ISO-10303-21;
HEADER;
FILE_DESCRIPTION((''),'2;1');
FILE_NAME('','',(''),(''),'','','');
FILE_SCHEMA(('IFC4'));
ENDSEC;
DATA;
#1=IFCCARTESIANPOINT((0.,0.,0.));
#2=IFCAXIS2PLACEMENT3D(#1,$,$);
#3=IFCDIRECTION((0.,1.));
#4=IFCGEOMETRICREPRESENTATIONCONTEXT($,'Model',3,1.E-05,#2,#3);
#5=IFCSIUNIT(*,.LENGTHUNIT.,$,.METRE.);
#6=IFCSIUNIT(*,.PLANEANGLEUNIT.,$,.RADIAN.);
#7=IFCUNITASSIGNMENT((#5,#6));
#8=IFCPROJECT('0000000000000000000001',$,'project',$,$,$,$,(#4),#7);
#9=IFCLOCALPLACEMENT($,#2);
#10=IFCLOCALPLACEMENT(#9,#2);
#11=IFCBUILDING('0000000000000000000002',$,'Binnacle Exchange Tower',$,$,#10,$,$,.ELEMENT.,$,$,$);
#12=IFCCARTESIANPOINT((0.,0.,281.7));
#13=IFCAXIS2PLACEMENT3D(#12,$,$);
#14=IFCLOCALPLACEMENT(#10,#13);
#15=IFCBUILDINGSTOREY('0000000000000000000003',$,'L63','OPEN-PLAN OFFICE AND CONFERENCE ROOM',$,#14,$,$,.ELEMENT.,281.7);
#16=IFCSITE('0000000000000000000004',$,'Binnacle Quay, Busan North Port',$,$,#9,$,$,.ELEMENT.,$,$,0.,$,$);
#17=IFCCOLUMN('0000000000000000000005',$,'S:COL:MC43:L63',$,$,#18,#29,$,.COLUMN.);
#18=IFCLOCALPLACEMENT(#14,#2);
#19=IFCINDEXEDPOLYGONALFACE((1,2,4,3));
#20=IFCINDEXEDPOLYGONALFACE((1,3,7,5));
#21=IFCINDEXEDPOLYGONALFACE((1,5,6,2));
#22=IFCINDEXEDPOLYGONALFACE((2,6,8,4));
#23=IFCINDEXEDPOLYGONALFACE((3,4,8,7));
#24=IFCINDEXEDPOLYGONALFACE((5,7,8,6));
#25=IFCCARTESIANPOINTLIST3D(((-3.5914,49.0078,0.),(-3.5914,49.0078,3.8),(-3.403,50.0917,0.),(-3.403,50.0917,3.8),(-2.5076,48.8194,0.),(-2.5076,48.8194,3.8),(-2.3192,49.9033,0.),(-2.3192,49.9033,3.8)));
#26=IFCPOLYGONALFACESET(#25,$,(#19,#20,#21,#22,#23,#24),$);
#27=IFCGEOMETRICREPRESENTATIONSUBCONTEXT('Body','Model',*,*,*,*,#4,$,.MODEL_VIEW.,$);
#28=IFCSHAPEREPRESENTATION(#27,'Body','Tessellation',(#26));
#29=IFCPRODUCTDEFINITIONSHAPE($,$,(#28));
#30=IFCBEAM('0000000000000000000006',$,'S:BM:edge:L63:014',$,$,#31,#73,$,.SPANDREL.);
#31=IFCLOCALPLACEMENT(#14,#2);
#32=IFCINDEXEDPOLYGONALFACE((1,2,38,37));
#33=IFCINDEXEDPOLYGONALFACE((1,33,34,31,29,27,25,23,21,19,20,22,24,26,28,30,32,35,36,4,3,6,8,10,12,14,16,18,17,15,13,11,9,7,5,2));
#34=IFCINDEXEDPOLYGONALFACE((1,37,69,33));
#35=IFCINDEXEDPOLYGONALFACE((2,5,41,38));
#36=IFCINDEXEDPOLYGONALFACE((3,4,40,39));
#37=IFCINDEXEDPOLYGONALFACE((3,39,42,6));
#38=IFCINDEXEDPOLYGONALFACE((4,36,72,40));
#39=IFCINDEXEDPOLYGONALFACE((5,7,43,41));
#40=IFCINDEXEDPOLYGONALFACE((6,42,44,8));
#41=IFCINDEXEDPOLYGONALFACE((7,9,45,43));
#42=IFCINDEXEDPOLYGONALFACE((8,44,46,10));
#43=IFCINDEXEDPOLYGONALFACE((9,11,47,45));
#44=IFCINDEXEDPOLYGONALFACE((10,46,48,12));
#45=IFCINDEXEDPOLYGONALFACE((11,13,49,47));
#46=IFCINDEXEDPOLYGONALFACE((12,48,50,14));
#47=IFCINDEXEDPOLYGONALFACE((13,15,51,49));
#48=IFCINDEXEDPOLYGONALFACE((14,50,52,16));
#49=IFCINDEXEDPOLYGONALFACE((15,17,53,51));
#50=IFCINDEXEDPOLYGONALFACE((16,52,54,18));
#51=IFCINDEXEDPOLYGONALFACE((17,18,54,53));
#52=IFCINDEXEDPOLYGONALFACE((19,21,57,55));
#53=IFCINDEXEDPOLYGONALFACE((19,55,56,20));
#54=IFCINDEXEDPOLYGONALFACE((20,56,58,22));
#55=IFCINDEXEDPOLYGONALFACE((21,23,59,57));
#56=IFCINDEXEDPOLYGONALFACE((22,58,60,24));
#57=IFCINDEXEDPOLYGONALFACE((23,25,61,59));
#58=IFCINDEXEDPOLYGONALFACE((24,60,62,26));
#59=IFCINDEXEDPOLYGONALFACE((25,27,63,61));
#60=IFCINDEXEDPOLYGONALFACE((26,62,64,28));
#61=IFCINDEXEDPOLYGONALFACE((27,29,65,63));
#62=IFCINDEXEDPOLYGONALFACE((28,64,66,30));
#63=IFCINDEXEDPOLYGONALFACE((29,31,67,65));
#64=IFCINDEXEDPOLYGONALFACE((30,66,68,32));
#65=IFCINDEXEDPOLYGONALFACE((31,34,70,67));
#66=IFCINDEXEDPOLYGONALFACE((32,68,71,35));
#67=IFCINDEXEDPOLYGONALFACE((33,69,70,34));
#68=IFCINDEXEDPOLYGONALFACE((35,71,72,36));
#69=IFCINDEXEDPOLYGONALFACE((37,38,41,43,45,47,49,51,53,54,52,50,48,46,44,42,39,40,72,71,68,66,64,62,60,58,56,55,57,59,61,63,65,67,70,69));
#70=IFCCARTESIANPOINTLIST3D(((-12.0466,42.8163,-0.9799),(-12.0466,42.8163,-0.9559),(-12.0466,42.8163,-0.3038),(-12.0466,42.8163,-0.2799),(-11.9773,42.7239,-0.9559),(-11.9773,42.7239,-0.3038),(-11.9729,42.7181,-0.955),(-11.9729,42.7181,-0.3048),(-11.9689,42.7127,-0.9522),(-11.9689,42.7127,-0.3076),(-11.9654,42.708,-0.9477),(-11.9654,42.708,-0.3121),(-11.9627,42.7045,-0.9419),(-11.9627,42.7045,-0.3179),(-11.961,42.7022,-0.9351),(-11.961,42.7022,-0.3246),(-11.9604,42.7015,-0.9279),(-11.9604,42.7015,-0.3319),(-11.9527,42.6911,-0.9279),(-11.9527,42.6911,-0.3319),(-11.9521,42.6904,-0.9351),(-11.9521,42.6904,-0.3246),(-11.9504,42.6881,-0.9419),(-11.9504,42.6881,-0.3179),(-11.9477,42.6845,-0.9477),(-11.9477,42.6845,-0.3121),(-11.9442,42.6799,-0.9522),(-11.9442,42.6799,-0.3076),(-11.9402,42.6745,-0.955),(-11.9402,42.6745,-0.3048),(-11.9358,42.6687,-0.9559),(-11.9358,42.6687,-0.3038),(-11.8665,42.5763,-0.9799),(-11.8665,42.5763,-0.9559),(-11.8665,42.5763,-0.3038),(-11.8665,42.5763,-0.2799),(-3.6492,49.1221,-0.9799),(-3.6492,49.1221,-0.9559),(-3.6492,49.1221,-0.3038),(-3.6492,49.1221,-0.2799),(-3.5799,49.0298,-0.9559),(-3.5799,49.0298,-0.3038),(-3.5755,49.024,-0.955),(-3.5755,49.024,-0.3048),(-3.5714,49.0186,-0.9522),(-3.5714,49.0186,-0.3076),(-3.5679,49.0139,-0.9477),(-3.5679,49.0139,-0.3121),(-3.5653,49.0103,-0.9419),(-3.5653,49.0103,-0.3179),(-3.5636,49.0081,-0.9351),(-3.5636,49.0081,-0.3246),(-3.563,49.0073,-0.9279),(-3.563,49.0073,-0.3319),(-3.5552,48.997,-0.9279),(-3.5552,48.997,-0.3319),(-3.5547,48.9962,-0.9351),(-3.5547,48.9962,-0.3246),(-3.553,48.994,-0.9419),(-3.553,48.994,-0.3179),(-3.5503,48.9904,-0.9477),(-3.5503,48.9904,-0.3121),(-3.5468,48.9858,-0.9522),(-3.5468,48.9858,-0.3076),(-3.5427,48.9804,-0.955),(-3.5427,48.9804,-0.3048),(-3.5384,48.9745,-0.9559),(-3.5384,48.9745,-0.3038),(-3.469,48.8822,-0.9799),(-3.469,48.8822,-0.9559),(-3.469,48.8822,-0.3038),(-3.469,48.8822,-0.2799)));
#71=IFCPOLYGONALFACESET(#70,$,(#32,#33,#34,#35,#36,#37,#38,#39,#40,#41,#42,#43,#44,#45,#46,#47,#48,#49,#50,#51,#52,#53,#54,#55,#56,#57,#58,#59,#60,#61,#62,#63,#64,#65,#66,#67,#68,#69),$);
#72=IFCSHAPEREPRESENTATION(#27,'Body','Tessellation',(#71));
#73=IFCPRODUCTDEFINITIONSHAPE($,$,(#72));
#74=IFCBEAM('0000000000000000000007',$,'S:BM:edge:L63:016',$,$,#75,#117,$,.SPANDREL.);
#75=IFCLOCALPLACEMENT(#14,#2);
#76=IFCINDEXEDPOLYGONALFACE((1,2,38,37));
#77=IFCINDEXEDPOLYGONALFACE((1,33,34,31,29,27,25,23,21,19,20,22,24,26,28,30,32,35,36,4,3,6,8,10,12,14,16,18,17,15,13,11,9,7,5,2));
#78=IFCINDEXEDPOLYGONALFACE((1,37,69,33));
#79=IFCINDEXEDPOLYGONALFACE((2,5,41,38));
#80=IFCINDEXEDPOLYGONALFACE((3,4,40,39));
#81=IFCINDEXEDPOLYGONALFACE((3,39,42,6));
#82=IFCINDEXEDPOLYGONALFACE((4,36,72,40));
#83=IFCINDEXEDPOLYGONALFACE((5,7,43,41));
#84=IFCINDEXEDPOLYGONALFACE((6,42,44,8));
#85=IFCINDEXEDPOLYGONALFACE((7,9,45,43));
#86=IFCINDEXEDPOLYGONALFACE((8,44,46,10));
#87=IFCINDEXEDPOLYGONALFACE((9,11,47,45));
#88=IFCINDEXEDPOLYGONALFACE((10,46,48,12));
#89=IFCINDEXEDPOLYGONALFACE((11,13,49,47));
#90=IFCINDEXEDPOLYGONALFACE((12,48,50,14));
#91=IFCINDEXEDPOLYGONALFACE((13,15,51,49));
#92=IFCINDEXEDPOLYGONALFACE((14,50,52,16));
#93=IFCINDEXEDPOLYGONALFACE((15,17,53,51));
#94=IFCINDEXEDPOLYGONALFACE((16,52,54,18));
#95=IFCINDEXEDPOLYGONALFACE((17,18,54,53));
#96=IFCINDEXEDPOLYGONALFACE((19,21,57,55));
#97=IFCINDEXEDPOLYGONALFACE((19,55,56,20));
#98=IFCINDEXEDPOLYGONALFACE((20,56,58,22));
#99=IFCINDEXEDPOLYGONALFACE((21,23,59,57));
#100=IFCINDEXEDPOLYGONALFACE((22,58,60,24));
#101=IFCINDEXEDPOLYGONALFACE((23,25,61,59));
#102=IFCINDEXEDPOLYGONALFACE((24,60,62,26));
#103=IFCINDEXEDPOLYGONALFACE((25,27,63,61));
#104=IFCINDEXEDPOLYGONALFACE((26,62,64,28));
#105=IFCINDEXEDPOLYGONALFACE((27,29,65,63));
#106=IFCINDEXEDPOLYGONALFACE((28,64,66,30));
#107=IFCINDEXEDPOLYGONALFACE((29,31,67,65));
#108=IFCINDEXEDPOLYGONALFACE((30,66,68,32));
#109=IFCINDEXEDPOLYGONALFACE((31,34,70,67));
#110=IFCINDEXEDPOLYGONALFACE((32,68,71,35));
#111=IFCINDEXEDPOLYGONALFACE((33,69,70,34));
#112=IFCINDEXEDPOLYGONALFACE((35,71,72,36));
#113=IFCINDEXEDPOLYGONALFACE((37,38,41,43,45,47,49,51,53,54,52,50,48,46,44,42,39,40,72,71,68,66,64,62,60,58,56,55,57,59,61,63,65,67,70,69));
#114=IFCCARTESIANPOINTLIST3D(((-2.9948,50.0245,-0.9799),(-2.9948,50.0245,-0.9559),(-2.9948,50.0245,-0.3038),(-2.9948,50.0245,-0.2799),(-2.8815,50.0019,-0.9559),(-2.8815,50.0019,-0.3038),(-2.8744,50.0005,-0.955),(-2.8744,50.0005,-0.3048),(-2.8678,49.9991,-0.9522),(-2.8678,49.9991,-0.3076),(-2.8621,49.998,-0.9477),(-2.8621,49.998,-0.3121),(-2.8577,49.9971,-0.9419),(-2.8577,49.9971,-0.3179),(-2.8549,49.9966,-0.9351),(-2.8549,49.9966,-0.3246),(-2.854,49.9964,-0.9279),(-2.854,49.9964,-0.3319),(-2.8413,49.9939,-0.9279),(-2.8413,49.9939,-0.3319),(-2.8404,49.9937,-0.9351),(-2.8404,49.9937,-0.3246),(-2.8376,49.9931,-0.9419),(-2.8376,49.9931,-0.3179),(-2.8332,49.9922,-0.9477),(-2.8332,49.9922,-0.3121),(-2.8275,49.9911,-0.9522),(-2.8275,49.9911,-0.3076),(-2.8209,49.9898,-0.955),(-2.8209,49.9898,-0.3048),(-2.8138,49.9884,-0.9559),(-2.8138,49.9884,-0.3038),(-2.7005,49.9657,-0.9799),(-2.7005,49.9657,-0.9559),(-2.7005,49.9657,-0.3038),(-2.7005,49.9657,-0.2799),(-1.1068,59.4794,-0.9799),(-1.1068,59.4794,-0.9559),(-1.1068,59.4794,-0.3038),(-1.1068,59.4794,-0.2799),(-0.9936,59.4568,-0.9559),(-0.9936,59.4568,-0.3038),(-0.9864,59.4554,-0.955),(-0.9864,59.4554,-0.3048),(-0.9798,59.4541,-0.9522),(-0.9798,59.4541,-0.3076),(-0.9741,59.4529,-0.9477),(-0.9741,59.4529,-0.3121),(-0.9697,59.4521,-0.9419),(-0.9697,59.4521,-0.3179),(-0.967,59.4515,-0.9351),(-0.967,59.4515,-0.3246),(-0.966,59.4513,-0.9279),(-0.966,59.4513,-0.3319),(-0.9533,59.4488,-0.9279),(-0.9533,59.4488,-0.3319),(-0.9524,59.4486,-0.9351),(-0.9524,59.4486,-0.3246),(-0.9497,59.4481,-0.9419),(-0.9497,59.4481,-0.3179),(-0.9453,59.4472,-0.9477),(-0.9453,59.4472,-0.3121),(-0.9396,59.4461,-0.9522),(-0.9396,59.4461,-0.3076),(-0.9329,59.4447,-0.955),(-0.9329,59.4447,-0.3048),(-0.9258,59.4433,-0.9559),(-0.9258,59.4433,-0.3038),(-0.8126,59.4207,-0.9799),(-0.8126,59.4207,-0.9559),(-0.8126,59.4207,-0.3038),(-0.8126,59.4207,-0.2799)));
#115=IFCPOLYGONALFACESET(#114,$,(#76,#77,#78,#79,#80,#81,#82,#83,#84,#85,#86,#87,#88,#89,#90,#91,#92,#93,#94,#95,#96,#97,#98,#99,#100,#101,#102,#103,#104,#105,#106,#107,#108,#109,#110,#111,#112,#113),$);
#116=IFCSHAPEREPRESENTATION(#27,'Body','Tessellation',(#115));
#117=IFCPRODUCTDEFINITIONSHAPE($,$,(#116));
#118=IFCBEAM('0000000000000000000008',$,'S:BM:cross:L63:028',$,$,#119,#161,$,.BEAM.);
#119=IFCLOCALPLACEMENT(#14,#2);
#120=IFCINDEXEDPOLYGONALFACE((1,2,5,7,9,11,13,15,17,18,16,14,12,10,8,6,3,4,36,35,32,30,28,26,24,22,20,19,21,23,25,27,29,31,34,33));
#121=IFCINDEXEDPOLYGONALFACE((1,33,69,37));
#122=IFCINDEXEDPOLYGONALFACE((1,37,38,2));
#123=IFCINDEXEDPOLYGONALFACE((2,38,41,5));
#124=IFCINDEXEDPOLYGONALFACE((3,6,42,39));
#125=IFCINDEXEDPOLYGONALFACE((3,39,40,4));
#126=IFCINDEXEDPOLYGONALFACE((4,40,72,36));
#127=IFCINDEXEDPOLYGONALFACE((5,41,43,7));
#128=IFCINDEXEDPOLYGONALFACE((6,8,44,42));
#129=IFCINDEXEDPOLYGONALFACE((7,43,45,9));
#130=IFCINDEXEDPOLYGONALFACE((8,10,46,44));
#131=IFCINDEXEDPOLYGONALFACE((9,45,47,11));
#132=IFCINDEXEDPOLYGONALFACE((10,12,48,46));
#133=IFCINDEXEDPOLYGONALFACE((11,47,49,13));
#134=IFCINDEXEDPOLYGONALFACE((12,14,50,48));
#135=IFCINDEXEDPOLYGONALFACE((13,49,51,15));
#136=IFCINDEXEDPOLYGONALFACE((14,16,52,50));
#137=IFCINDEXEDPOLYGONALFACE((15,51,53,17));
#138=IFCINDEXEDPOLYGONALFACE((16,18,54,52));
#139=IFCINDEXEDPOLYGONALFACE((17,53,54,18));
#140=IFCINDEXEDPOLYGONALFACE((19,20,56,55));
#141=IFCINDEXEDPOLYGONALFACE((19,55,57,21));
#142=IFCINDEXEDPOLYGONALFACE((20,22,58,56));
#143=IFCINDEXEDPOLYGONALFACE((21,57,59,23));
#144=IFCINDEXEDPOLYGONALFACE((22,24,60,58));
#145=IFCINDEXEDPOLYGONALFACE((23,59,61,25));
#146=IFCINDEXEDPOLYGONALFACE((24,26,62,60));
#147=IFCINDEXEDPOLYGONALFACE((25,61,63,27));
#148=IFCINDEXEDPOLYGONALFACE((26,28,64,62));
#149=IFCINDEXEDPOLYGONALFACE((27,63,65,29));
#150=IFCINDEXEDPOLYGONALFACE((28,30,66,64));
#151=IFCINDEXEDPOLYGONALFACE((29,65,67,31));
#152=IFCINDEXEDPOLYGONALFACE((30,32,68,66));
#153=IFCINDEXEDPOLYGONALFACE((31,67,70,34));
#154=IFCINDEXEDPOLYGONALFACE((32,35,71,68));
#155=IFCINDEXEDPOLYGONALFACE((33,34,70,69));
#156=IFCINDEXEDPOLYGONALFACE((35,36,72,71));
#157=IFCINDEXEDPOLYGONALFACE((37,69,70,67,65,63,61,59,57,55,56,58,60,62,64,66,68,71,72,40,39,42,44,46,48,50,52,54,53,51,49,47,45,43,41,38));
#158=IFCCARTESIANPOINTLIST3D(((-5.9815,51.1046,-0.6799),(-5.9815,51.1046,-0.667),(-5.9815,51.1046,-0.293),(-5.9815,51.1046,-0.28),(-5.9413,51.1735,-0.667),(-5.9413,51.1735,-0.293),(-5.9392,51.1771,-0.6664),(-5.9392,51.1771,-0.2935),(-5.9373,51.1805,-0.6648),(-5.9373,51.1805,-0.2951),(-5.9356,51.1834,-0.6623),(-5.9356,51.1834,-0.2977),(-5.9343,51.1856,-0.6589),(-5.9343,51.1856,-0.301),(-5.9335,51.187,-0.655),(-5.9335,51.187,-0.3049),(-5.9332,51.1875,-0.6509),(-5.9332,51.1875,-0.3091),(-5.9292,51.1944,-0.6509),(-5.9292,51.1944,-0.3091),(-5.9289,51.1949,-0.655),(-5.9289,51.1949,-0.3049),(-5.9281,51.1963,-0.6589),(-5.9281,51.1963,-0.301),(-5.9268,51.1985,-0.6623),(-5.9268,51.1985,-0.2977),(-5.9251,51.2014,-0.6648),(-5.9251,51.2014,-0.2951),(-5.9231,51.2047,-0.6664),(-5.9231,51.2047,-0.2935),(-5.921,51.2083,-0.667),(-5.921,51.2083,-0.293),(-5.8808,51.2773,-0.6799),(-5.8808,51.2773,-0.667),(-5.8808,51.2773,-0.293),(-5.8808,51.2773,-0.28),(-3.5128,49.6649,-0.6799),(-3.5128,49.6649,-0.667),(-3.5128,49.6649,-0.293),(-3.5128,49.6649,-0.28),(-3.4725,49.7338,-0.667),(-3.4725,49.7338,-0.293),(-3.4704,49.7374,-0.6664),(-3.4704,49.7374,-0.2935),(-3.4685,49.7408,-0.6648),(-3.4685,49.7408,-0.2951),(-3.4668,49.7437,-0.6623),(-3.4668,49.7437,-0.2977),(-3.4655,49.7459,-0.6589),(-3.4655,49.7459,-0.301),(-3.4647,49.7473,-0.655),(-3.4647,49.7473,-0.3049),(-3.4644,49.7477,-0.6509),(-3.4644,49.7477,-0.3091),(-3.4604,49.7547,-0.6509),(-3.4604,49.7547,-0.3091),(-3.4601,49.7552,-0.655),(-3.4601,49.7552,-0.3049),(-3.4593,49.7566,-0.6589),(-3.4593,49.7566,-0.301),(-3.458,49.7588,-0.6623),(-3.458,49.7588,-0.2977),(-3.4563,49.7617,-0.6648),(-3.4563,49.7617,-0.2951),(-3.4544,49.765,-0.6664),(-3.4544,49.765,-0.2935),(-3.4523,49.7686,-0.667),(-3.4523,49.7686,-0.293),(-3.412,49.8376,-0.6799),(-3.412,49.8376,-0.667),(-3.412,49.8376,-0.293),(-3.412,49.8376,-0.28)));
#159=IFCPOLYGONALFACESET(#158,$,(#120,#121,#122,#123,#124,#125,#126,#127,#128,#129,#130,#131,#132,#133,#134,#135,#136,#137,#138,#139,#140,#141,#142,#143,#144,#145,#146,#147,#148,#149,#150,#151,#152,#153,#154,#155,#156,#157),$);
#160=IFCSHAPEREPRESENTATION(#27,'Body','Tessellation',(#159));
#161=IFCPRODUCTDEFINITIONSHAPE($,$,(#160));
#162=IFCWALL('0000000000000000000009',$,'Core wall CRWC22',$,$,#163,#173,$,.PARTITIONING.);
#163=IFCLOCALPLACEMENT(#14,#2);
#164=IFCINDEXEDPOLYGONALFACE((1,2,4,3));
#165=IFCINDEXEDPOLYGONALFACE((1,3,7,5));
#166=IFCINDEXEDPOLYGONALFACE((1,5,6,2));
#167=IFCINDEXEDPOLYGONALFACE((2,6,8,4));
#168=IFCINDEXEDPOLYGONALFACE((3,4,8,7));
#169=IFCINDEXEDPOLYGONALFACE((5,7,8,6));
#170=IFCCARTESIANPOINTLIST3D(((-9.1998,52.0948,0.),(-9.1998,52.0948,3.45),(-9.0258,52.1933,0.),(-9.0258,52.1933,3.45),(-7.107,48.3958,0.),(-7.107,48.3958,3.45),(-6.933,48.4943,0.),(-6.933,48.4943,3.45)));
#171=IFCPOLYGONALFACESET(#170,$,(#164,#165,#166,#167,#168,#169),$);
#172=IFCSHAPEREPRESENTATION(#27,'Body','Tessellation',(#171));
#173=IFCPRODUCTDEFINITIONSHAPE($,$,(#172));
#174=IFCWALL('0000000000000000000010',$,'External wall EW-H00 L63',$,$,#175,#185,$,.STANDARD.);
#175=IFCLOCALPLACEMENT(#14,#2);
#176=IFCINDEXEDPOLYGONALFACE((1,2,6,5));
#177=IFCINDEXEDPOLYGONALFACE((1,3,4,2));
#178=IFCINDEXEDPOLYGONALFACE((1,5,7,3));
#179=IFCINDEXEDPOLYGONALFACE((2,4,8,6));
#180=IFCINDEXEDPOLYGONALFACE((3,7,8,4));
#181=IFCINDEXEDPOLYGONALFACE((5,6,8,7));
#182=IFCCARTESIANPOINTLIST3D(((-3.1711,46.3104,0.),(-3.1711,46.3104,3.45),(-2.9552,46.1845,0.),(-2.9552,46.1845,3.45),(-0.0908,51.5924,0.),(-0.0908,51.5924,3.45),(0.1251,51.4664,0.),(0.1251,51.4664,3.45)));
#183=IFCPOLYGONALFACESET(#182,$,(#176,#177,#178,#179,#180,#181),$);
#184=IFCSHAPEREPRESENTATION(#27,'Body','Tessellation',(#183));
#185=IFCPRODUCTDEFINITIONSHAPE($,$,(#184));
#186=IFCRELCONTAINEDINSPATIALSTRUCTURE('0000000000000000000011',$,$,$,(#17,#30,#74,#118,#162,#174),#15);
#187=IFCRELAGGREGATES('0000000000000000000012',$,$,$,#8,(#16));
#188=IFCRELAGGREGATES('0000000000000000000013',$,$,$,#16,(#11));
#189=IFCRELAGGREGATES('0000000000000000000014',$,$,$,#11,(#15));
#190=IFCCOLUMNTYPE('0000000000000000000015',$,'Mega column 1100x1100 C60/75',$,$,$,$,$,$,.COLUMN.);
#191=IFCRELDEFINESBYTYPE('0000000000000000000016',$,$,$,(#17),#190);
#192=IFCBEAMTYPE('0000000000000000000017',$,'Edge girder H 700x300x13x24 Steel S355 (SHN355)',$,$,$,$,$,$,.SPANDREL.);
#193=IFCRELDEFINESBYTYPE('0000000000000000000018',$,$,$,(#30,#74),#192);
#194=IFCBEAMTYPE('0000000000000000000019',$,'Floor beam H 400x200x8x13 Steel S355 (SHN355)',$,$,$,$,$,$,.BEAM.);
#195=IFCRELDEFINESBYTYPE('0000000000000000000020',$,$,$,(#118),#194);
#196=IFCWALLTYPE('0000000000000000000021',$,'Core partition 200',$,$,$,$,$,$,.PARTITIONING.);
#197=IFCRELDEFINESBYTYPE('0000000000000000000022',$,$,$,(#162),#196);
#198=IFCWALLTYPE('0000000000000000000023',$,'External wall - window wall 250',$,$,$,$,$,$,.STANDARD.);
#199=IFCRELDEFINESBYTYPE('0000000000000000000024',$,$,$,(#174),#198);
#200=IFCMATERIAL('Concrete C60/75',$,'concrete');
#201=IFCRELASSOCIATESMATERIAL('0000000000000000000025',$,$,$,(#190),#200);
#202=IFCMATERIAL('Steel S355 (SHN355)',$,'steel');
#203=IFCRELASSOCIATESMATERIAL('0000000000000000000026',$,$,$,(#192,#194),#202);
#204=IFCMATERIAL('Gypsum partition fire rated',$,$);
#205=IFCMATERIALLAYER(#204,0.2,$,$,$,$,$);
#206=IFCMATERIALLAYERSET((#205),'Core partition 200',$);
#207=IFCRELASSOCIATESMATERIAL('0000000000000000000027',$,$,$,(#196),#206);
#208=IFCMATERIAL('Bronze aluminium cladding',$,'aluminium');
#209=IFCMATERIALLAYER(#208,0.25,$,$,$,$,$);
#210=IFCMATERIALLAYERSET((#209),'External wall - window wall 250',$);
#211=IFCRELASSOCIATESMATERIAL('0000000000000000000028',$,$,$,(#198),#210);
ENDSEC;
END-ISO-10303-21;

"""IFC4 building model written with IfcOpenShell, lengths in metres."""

from ifc_helpers import new_model, si_unit, direction, frame, frame_2d, origin, origin_2d, place, context, subcontext, project, spatial, rectangle, i_section, extrude, material, layer, layer_set, material_profile, profile_set, type_object, element, save


model = new_model("IFC4")

# Units and contexts
model_context = context("Model", 3, precision=1e-05, world=origin(), true_north=direction((0.0, 1.0)))
body_context = subcontext(model_context, "Body", "Model", "MODEL_VIEW")
ifc_project = project(units=[si_unit("LENGTHUNIT", "METRE"), si_unit("PLANEANGLEUNIT", "RADIAN")], contexts=[model_context])

# Site, building, storey
site_placement = place(None, origin())
site = spatial("IfcSite", under=ifc_project, at=site_placement, Name="Binnacle Quay, Busan North Port", CompositionType="ELEMENT", RefElevation=0.0)
building_placement = place(site_placement, origin())
building = spatial("IfcBuilding", under=site, at=building_placement, Name="Binnacle Exchange Tower", CompositionType="ELEMENT")
storey_placement = place(building_placement, frame((0.0, 0.0, 281.7)))
storey = spatial("IfcBuildingStorey", under=building, at=storey_placement, Name="L63", Description="OPEN-PLAN OFFICE AND CONFERENCE ROOM", CompositionType="ELEMENT", Elevation=281.7)

# Column
ifc_material_1 = material(Name="Concrete C60/75", Category="concrete")
ifc_material_profile_1 = material_profile(ifc_material_1, rectangle(XDim=1.1001, YDim=1.1001, at=origin_2d()), Name="Mega column 1100x1100 C60/75")
ifc_profile_set_1 = profile_set([ifc_material_profile_1], Name="Concrete C60/75")
column_type = type_object("IfcColumnType", Name="Mega column 1100x1100 C60/75", PredefinedType="COLUMN", material=ifc_profile_set_1)
column_placement = place(storey_placement, frame((-2.9553, 49.4556, 0.0), z_axis=(0.0, 0.0, 1.0), x_axis=(-0.985226, 0.171259, 0.0)))
element("IfcColumn", 1, at=column_placement, inside=storey, type_object=column_type, Name="S:COL:MC43:L63", PredefinedType="COLUMN", context=body_context, shape_type="SweptSolid", body=[
    extrude(rectangle(XDim=1.1001, YDim=1.1001, at=origin_2d()), origin(), (0.0, 0.0, 1.0), 3.8),
])

# Beams
ifc_material_2 = material(Name="Steel S355 (SHN355)", Category="steel")
ifc_material_profile_2 = material_profile(ifc_material_2, i_section(OverallWidth=0.3, OverallDepth=0.7, WebThickness=0.0129, FlangeThickness=0.0239, FilletRadius=0.0281, at=origin_2d()), Name="H 700x300x13x24")
ifc_profile_set_2 = profile_set([ifc_material_profile_2], Name="Steel S355 (SHN355)")
beam_type_1 = type_object("IfcBeamType", Name="Edge girder H 700x300x13x24 Steel S355 (SHN355)", PredefinedType="SPANDREL", material=ifc_profile_set_2)
beam_1_placement = place(storey_placement, frame((-11.9565, 42.6963, -0.6299), z_axis=(0.799643, 0.600476, 0.0), x_axis=(-0.600476, 0.799643, 0.0)))
element("IfcBeam", 2, at=beam_1_placement, inside=storey, type_object=beam_type_1, Name="S:BM:edge:L63:014", PredefinedType="SPANDREL", context=body_context, shape_type="SweptSolid", body=[
    extrude(i_section(OverallWidth=0.3, OverallDepth=0.7, WebThickness=0.0129, FlangeThickness=0.0239, FilletRadius=0.0281, at=origin_2d()), origin(), (0.0, 0.0, 1.0), 10.5015),
])
beam_2_placement = place(storey_placement, frame((-2.8477, 49.9951, -0.6299), z_axis=(0.195814, 0.980641, 0.0), x_axis=(-0.980641, 0.195814, 0.0)))
element("IfcBeam", 3, at=beam_2_placement, inside=storey, type_object=beam_type_1, Name="S:BM:edge:L63:016", PredefinedType="SPANDREL", context=body_context, shape_type="SweptSolid", body=[
    extrude(i_section(OverallWidth=0.3, OverallDepth=0.7, WebThickness=0.0129, FlangeThickness=0.0239, FilletRadius=0.0281, at=origin_2d()), origin(), (0.0, 0.0, 1.0), 9.6416),
])
ifc_material_profile_3 = material_profile(ifc_material_2, i_section(OverallWidth=0.2, OverallDepth=0.3999, WebThickness=0.0081, FlangeThickness=0.0129, FilletRadius=0.0161, at=origin_2d()), Name="H 400x200x8x13")
ifc_profile_set_3 = profile_set([ifc_material_profile_3], Name="Steel S355 (SHN355)")
beam_type_2 = type_object("IfcBeamType", Name="Floor beam H 400x200x8x13 Steel S355 (SHN355)", PredefinedType="BEAM", material=ifc_profile_set_3)
beam_3_placement = place(storey_placement, frame((-3.4624, 49.7512, -0.48), z_axis=(-0.863841, 0.503765, 0.0), x_axis=(-0.503765, -0.863841, 0.0)))
element("IfcBeam", 4, at=beam_3_placement, inside=storey, type_object=beam_type_2, Name="S:BM:cross:L63:028", PredefinedType="BEAM", context=body_context, shape_type="SweptSolid", body=[
    extrude(i_section(OverallWidth=0.2, OverallDepth=0.3999, WebThickness=0.0081, FlangeThickness=0.0129, FilletRadius=0.0161, at=origin_2d()), origin(), (0.0, 0.0, 1.0), 2.8579),
])

# Walls
ifc_material_3 = material(Name="Gypsum partition fire rated")
ifc_layer_1 = layer(ifc_material_3, 0.2)
ifc_layer_set_1 = layer_set([ifc_layer_1], Name="Core partition 200")
wall_type_1 = type_object("IfcWallType", Name="Core partition 200", PredefinedType="PARTITIONING", material=ifc_layer_set_1)
wall_1_placement = place(storey_placement, frame((-9.1128, 52.144, 0.0), z_axis=(0.0, 0.0, 1.0), x_axis=(0.492423, -0.870356, 0.0)))
element("IfcWall", 5, at=wall_1_placement, inside=storey, type_object=wall_type_1, Name="Core wall CRWC22", PredefinedType="PARTITIONING", context=body_context, shape_type="SweptSolid", body=[
    extrude(rectangle(XDim=4.25, YDim=0.2, at=frame_2d((2.125, 0.0))), origin(), (0.0, 0.0, 1.0), 3.45),
])
ifc_material_4 = material(Name="Bronze aluminium cladding", Category="aluminium")
ifc_layer_2 = layer(ifc_material_4, 0.25)
ifc_layer_set_2 = layer_set([ifc_layer_2], Name="External wall - window wall 250")
wall_type_2 = type_object("IfcWallType", Name="External wall - window wall 250", PredefinedType="STANDARD", material=ifc_layer_set_2)
wall_2_placement = place(storey_placement, frame((0.0171, 51.5293, 0.0), z_axis=(0.0, 0.0, 1.0), x_axis=(-0.503769, -0.863838, 0.0)))
element("IfcWall", 6, at=wall_2_placement, inside=storey, type_object=wall_type_2, Name="External wall EW-H00 L63", PredefinedType="STANDARD", context=body_context, shape_type="SweptSolid", body=[
    extrude(rectangle(XDim=6.1145, YDim=0.25, at=frame_2d((3.0571, 0.0))), origin(), (0.0, 0.0, 1.0), 3.45),
])

save(model, "model.ifc")
